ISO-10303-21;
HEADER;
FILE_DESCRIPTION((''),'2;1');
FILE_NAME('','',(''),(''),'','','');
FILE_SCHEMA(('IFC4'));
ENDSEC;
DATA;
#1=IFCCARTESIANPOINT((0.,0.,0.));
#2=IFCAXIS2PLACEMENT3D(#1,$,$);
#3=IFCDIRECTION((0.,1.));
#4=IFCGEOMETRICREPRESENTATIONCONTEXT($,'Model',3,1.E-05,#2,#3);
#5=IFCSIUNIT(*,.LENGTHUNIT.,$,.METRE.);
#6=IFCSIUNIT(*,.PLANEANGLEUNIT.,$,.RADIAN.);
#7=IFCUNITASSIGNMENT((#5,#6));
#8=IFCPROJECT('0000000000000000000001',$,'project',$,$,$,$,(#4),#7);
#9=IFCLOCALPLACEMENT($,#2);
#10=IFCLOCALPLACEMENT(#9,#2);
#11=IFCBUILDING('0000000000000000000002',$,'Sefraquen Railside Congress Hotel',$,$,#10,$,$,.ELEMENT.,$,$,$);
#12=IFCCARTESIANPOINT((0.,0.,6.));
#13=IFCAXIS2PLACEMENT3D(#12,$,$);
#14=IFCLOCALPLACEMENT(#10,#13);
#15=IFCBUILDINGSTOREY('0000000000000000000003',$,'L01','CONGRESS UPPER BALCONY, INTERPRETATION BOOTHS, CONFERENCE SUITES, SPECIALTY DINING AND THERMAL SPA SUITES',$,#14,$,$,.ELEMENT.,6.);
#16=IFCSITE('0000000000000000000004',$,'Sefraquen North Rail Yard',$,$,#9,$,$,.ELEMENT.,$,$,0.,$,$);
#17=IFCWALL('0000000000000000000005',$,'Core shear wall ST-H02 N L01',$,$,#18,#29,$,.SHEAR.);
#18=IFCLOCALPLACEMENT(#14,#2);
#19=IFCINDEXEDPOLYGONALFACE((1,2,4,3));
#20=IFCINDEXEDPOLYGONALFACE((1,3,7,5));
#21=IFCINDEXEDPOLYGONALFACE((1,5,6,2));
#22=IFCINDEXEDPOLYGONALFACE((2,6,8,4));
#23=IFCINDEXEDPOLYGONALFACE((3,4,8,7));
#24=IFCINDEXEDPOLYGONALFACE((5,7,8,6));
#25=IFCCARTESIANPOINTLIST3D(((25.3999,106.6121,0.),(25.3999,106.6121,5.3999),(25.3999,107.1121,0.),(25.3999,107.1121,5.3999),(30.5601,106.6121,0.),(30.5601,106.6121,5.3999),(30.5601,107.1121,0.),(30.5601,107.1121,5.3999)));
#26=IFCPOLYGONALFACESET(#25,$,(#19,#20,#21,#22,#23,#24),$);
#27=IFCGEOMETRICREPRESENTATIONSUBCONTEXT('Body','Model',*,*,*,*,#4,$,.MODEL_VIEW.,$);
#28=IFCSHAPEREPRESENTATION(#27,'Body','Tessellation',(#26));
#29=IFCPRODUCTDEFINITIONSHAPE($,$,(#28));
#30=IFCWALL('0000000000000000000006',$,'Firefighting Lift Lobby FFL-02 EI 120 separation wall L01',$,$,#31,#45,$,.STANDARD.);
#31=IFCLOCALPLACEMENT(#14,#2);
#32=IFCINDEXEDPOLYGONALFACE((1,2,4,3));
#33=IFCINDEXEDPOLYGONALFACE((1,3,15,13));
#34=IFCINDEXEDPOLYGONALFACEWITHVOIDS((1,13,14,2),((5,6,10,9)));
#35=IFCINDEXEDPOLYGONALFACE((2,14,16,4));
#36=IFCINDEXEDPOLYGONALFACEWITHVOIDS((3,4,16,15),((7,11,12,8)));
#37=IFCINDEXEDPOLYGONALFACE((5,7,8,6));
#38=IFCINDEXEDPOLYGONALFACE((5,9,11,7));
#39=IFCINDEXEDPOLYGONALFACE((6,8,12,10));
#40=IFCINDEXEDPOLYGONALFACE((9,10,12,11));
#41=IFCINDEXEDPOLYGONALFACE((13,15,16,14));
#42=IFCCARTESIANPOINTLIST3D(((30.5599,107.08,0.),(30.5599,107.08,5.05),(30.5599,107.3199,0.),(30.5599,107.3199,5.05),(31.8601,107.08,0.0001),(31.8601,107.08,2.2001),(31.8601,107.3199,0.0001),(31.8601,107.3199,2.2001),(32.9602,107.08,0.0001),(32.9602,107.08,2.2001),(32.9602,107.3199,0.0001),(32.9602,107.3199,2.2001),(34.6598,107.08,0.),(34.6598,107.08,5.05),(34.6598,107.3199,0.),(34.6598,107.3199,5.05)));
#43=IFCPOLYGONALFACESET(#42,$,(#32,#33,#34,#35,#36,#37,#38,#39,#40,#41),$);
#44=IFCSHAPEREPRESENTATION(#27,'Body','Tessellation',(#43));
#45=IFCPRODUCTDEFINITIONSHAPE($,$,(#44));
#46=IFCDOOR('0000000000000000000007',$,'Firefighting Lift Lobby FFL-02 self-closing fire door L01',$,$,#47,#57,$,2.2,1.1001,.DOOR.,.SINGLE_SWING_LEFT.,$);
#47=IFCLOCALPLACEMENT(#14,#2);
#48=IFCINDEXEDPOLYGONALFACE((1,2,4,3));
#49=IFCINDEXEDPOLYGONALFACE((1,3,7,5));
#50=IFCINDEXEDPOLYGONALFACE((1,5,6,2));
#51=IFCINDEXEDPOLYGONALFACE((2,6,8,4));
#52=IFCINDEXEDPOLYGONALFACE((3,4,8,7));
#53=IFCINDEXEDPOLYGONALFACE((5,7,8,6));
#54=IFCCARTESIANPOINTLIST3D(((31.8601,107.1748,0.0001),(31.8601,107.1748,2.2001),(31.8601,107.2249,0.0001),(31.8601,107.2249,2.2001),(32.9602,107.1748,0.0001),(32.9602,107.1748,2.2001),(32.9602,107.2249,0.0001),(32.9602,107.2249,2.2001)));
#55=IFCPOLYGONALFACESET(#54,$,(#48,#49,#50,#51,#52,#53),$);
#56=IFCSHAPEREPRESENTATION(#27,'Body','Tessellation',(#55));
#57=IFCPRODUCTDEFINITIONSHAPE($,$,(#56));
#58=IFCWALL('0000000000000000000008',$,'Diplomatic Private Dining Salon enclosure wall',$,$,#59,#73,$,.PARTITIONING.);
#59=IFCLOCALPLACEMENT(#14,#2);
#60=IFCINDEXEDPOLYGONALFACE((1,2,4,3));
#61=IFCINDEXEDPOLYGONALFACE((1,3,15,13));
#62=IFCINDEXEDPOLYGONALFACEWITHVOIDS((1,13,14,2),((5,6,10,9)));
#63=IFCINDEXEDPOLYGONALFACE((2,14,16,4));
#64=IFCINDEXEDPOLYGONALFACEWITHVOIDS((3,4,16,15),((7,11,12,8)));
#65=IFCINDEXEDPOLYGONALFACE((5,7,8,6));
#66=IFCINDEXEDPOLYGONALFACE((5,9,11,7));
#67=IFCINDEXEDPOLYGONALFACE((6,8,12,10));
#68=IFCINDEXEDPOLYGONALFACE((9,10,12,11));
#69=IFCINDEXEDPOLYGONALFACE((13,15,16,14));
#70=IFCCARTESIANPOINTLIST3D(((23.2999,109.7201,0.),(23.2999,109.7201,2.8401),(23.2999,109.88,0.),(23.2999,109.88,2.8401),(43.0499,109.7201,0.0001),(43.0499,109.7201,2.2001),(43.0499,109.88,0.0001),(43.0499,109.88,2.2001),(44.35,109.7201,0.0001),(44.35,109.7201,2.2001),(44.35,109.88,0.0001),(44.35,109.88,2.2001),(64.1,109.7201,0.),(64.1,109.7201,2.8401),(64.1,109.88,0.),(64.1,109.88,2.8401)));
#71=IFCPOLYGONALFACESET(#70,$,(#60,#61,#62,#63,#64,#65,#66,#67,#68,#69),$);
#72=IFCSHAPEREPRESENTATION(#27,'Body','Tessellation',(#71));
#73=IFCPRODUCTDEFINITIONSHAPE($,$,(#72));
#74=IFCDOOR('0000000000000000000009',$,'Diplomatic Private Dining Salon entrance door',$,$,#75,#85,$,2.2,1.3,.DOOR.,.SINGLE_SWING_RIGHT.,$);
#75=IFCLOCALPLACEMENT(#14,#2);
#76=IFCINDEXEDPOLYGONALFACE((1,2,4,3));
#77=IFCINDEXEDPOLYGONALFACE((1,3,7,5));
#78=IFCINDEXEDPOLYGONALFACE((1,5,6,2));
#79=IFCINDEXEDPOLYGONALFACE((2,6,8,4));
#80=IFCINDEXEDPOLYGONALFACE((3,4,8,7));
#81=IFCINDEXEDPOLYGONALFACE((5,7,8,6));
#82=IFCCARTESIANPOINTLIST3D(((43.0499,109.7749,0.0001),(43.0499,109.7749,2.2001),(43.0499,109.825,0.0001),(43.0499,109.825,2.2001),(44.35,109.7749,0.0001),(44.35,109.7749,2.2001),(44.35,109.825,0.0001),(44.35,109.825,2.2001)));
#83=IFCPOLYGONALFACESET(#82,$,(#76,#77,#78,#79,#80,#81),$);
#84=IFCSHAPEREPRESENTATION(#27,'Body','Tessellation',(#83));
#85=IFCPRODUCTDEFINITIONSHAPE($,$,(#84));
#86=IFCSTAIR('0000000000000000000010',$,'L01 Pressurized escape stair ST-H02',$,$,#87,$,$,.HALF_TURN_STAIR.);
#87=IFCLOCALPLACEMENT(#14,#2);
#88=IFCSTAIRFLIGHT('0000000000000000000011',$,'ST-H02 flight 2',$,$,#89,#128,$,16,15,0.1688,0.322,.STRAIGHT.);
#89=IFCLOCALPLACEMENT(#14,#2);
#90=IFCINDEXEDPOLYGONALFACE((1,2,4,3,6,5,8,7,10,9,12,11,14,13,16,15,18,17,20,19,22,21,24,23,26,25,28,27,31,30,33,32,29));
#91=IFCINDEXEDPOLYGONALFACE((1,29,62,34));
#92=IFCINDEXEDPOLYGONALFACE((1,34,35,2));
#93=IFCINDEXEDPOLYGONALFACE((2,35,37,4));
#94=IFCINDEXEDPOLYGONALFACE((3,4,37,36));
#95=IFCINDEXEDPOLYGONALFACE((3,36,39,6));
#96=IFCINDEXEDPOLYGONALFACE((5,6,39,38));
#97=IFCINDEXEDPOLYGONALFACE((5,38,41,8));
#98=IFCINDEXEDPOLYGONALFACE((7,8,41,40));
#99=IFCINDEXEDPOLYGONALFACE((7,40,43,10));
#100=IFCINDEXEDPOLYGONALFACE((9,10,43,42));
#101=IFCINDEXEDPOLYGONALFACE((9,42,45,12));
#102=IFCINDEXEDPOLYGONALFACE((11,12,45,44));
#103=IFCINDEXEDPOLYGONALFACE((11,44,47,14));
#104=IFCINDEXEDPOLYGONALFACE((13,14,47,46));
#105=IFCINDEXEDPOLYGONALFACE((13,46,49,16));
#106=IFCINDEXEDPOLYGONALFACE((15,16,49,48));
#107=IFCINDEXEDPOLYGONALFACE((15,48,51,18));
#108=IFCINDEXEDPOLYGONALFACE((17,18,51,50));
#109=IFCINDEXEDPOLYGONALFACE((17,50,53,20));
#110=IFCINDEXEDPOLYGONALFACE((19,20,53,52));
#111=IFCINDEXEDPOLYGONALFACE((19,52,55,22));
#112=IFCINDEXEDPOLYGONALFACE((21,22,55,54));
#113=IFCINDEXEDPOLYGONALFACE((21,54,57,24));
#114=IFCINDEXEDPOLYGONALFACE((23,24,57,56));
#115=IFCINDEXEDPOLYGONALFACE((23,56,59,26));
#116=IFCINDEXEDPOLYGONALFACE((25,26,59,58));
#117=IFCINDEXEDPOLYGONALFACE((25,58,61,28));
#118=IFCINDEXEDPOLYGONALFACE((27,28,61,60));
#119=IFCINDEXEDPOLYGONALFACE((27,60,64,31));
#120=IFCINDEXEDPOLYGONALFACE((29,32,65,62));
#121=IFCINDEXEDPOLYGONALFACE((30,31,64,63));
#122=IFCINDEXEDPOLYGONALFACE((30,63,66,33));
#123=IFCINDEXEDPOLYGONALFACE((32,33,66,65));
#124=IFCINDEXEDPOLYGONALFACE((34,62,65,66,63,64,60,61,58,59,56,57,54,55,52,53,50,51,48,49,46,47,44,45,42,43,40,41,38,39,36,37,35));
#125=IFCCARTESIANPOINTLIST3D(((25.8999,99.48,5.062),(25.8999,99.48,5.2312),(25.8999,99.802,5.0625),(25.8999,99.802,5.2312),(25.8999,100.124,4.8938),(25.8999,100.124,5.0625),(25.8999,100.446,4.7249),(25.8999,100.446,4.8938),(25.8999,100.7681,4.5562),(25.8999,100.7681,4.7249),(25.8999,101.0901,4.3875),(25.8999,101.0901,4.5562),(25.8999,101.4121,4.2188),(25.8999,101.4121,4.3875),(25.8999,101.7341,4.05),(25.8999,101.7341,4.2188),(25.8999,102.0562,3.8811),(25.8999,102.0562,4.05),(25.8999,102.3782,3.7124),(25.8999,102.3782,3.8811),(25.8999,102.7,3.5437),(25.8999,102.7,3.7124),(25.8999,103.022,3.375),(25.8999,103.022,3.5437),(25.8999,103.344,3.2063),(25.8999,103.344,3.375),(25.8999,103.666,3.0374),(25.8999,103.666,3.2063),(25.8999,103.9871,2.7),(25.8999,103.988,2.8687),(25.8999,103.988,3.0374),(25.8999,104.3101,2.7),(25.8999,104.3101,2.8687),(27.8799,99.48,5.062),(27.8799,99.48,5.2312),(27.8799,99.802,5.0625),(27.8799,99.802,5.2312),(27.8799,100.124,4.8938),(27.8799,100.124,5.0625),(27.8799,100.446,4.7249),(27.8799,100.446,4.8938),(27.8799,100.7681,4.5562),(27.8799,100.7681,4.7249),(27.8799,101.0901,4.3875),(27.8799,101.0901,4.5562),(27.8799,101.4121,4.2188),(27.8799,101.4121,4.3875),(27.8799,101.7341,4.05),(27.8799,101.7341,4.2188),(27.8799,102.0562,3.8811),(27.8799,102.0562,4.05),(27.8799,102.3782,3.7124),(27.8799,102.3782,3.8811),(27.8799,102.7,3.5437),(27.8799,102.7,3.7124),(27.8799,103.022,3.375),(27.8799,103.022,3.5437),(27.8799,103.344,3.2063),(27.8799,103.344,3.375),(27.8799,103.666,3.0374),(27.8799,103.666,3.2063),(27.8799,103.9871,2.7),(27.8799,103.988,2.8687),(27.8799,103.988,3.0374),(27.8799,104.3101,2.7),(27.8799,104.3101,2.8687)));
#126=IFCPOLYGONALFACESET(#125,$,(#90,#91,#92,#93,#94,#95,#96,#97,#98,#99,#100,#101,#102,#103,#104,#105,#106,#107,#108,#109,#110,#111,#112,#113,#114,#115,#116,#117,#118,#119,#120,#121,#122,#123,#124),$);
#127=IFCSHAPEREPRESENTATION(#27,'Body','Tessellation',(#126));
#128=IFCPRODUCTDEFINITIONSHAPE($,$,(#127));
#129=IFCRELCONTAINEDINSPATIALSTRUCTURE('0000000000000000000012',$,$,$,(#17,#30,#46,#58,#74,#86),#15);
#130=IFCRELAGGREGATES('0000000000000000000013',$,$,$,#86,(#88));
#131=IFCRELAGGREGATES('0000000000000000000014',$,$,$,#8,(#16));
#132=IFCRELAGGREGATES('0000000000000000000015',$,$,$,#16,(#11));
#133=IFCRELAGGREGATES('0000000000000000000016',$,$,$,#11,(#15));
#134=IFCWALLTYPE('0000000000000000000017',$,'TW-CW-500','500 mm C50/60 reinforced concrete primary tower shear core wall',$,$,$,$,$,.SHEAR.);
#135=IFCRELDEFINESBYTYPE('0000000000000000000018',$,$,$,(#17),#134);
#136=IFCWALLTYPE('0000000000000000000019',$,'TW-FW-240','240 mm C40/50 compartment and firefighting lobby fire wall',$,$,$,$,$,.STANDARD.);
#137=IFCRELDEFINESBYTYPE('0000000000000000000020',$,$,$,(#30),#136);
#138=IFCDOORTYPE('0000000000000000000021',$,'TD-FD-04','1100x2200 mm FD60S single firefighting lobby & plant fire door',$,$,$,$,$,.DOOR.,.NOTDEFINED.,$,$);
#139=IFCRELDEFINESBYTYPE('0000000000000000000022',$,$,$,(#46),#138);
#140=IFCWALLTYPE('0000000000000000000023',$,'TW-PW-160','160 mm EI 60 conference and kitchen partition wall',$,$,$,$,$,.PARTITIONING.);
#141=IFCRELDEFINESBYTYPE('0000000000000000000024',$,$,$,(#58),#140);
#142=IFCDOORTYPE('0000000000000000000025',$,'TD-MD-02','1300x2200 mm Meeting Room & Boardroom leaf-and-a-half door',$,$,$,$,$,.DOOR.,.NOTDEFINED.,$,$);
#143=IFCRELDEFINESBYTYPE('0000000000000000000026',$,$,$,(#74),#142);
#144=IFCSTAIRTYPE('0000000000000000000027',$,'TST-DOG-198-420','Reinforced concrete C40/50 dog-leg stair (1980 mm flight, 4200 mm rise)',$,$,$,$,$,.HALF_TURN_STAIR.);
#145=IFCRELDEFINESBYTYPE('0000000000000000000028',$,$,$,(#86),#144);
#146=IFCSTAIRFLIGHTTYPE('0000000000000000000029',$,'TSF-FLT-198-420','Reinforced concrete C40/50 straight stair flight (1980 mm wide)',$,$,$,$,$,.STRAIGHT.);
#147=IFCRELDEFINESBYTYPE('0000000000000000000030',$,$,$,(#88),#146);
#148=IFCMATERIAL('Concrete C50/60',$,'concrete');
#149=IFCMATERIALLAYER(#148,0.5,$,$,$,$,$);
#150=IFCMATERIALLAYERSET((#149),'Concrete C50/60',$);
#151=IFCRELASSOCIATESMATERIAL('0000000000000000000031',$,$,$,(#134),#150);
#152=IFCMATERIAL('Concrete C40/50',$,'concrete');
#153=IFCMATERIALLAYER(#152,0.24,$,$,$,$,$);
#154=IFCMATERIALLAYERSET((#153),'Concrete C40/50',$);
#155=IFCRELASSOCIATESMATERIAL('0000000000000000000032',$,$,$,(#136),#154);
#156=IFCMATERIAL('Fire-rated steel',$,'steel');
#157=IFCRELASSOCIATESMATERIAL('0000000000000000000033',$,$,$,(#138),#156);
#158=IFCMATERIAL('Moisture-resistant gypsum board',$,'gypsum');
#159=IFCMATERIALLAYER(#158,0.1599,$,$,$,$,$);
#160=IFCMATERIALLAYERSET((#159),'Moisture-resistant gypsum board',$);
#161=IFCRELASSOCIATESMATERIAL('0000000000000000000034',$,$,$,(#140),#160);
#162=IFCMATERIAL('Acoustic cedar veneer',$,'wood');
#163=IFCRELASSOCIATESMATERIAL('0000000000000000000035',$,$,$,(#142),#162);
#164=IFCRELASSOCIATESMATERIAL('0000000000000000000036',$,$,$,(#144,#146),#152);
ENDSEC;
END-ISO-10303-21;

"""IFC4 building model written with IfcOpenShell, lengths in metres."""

from ifc_helpers import new_model, si_unit, direction, frame, frame_2d, origin, place, context, subcontext, project, spatial, polyline, rectangle, outline, extrude, material, layer, layer_set, type_object, element, fill, aggregate, save


model = new_model("IFC4")

# Units and contexts
model_context = context("Model", 3, precision=1e-05, world=origin(), true_north=direction((0.0, 1.0)))
body_context = subcontext(model_context, "Body", "Model", "MODEL_VIEW")
ifc_project = project(units=[si_unit("LENGTHUNIT", "METRE"), si_unit("PLANEANGLEUNIT", "RADIAN")], contexts=[model_context])

# Site, building, storey
site_placement = place(None, origin())
site = spatial("IfcSite", under=ifc_project, at=site_placement, Name="Sefraquen North Rail Yard", CompositionType="ELEMENT", RefElevation=0.0)
building_placement = place(site_placement, origin())
building = spatial("IfcBuilding", under=site, at=building_placement, Name="Sefraquen Railside Congress Hotel", CompositionType="ELEMENT")
storey_placement = place(building_placement, frame((0.0, 0.0, 6.0)))
storey = spatial("IfcBuildingStorey", under=building, at=storey_placement, Name="L01", Description="CONGRESS UPPER BALCONY, INTERPRETATION BOOTHS, CONFERENCE SUITES, SPECIALTY DINING AND THERMAL SPA SUITES", CompositionType="ELEMENT", Elevation=6.0)

# Wall
ifc_material_1 = material(Name="Concrete C50/60", Category="concrete")
ifc_layer_1 = layer(ifc_material_1, 0.5)
ifc_layer_set_1 = layer_set([ifc_layer_1], Name="Concrete C50/60")
wall_type_1 = type_object("IfcWallType", Name="TW-CW-500", Description="500 mm C50/60 reinforced concrete primary tower shear core wall", PredefinedType="SHEAR", material=ifc_layer_set_1)
wall_1_placement = place(storey_placement, frame((25.3999, 106.8621, 0.0), z_axis=(0.0, 0.0, 1.0), x_axis=(1.0, 0.0, 0.0)))
element("IfcWall", 1, at=wall_1_placement, inside=storey, type_object=wall_type_1, Name="Core shear wall ST-H02 N L01", PredefinedType="SHEAR", context=body_context, shape_type="SweptSolid", body=[
    extrude(rectangle(XDim=5.1602, YDim=0.5, at=frame_2d((2.5801, 0.0))), origin(), (0.0, 0.0, 1.0), 5.3999),
])

# Walls, openings, doors
ifc_material_2 = material(Name="Concrete C40/50", Category="concrete")
ifc_layer_2 = layer(ifc_material_2, 0.24)
ifc_layer_set_2 = layer_set([ifc_layer_2], Name="Concrete C40/50")
wall_type_2 = type_object("IfcWallType", Name="TW-FW-240", Description="240 mm C40/50 compartment and firefighting lobby fire wall", PredefinedType="STANDARD", material=ifc_layer_set_2)
wall_2_placement = place(storey_placement, frame((30.5601, 107.2, 0.0), z_axis=(0.0, 0.0, 1.0), x_axis=(1.0, 0.0, 0.0)))
wall_2 = element("IfcWall", 2, at=wall_2_placement, inside=storey, type_object=wall_type_2, Name="Firefighting Lift Lobby FFL-02 EI 120 separation wall L01", PredefinedType="STANDARD", context=body_context, shape_type="SweptSolid", body=[
    extrude(rectangle(XDim=4.0999, YDim=0.24, at=frame_2d((2.0498, 0.0))), origin(), (0.0, 0.0, 1.0), 5.05),
])
opening_1_placement = place(wall_2_placement, frame((1.3, 0.0, 0.0)))
opening_1 = element("IfcOpeningElement", 3, at=opening_1_placement, cuts=wall_2, PredefinedType="OPENING", context=body_context, shape_type="SweptSolid", body=[
    extrude(rectangle(XDim=1.1001, YDim=2.2, at=frame_2d((0.55, 1.1001))), frame((0.0, 0.1299, 0.0), z_axis=(0.0, -1.0, 0.0), x_axis=(1.0, 0.0, 0.0)), (0.0, 0.0, 1.0), 0.26),
])
ifc_material_3 = material(Name="Fire-rated steel", Category="steel")
door_type_1 = type_object("IfcDoorType", Name="TD-FD-04", Description="1100x2200 mm FD60S single firefighting lobby & plant fire door", OperationType="NOTDEFINED", PredefinedType="DOOR", material=ifc_material_3)
door_1_placement = place(opening_1_placement, origin())
door_1 = element("IfcDoor", 4, at=door_1_placement, inside=storey, type_object=door_type_1, Name="Firefighting Lift Lobby FFL-02 self-closing fire door L01", OperationType="SINGLE_SWING_LEFT", OverallHeight=2.2, OverallWidth=1.1001, PredefinedType="DOOR", context=body_context, shape_type="SweptSolid", body=[
    extrude(rectangle(XDim=1.1001, YDim=2.2, at=frame_2d((0.55, 1.1001))), frame((0.0, 0.0249, 0.0), z_axis=(0.0, -1.0, 0.0), x_axis=(1.0, 0.0, 0.0)), (0.0, 0.0, 1.0), 0.05),
])
fill(opening_1, door_1)
ifc_material_4 = material(Name="Moisture-resistant gypsum board", Category="gypsum")
ifc_layer_3 = layer(ifc_material_4, 0.1599)
ifc_layer_set_3 = layer_set([ifc_layer_3], Name="Moisture-resistant gypsum board")
wall_type_3 = type_object("IfcWallType", Name="TW-PW-160", Description="160 mm EI 60 conference and kitchen partition wall", PredefinedType="PARTITIONING", material=ifc_layer_set_3)
wall_3_placement = place(storey_placement, frame((23.3, 109.8, 0.0), z_axis=(0.0, 0.0, 1.0), x_axis=(1.0, 0.0, 0.0)))
wall_3 = element("IfcWall", 5, at=wall_3_placement, inside=storey, type_object=wall_type_3, Name="Diplomatic Private Dining Salon enclosure wall", PredefinedType="PARTITIONING", context=body_context, shape_type="SweptSolid", body=[
    extrude(rectangle(XDim=40.8, YDim=0.1599, at=frame_2d((20.3999, 0.0))), origin(), (0.0, 0.0, 1.0), 2.8401),
])
opening_2_placement = place(wall_3_placement, frame((19.75, 0.0, 0.0)))
opening_2 = element("IfcOpeningElement", 6, at=opening_2_placement, cuts=wall_3, PredefinedType="OPENING", context=body_context, shape_type="SweptSolid", body=[
    extrude(rectangle(XDim=1.3, YDim=2.2, at=frame_2d((0.6499, 1.1001))), frame((0.0, 0.0898, 0.0), z_axis=(0.0, -1.0, 0.0), x_axis=(1.0, 0.0, 0.0)), (0.0, 0.0, 1.0), 0.1799),
])
ifc_material_5 = material(Name="Acoustic cedar veneer", Category="wood")
door_type_2 = type_object("IfcDoorType", Name="TD-MD-02", Description="1300x2200 mm Meeting Room & Boardroom leaf-and-a-half door", OperationType="NOTDEFINED", PredefinedType="DOOR", material=ifc_material_5)
door_2_placement = place(opening_2_placement, origin())
door_2 = element("IfcDoor", 7, at=door_2_placement, inside=storey, type_object=door_type_2, Name="Diplomatic Private Dining Salon entrance door", OperationType="SINGLE_SWING_RIGHT", OverallHeight=2.2, OverallWidth=1.3, PredefinedType="DOOR", context=body_context, shape_type="SweptSolid", body=[
    extrude(rectangle(XDim=1.3, YDim=2.2, at=frame_2d((0.6499, 1.1001))), frame((0.0, 0.0249, 0.0), z_axis=(0.0, -1.0, 0.0), x_axis=(1.0, 0.0, 0.0)), (0.0, 0.0, 1.0), 0.05),
])
fill(opening_2, door_2)

# Stair, stair flight
stair_type = type_object("IfcStairType", Name="TST-DOG-198-420", Description="Reinforced concrete C40/50 dog-leg stair (1980 mm flight, 4200 mm rise)", PredefinedType="HALF_TURN_STAIR", material=ifc_material_2)
stair_placement = place(storey_placement, origin())
stair = element("IfcStair", 8, at=stair_placement, inside=storey, type_object=stair_type, Name="L01 Pressurized escape stair ST-H02", PredefinedType="HALF_TURN_STAIR")
stair_flight_type = type_object("IfcStairFlightType", Name="TSF-FLT-198-420", Description="Reinforced concrete C40/50 straight stair flight (1980 mm wide)", PredefinedType="STRAIGHT", material=ifc_material_2)
stair_flight_placement = place(storey_placement, frame((26.8899, 104.3101, 2.7), z_axis=(0.0, 0.0, 1.0), x_axis=(0.0, -1.0, 0.0)))
stair_flight = element("IfcStairFlight", 9, at=stair_flight_placement, type_object=stair_flight_type, Name="ST-H02 flight 2", NumberOfRisers=16, NumberOfTreads=15, PredefinedType="STRAIGHT", RiserHeight=0.1688, TreadLength=0.322, context=body_context, shape_type="SweptSolid", body=[
    extrude(outline(polyline([(0.0, 0.0), (0.0, 0.1687), (0.322, 0.1687), (0.322, 0.3374), (0.644, 0.3374), (0.644, 0.5063), (0.9661, 0.5063), (0.9661, 0.675), (1.2881, 0.675), (1.2881, 0.8438), (1.6101, 0.8438), (1.6101, 1.0125), (1.9319, 1.0125), (1.9319, 1.1812), (2.2539, 1.1812), (2.2539, 1.3501), (2.5759, 1.3501), (2.5759, 1.5188), (2.8979, 1.5188), (2.8979, 1.6875), (3.22, 1.6875), (3.22, 1.8562), (3.542, 1.8562), (3.542, 2.0249), (3.864, 2.0249), (3.864, 2.1938), (4.186, 2.1938), (4.186, 2.3625), (4.5081, 2.3625), (4.5081, 2.5312), (4.8301, 2.5312), (4.8301, 2.7), (4.8301, 2.3621), (0.323, 0.0), (0.0, 0.0)])), frame((0.0, 0.99, 0.0), z_axis=(0.0, -1.0, 0.0), x_axis=(1.0, 0.0, 0.0)), (0.0, 0.0, 1.0), 1.98),
])
aggregate(stair, [stair_flight])

save(model, "model.ifc")
